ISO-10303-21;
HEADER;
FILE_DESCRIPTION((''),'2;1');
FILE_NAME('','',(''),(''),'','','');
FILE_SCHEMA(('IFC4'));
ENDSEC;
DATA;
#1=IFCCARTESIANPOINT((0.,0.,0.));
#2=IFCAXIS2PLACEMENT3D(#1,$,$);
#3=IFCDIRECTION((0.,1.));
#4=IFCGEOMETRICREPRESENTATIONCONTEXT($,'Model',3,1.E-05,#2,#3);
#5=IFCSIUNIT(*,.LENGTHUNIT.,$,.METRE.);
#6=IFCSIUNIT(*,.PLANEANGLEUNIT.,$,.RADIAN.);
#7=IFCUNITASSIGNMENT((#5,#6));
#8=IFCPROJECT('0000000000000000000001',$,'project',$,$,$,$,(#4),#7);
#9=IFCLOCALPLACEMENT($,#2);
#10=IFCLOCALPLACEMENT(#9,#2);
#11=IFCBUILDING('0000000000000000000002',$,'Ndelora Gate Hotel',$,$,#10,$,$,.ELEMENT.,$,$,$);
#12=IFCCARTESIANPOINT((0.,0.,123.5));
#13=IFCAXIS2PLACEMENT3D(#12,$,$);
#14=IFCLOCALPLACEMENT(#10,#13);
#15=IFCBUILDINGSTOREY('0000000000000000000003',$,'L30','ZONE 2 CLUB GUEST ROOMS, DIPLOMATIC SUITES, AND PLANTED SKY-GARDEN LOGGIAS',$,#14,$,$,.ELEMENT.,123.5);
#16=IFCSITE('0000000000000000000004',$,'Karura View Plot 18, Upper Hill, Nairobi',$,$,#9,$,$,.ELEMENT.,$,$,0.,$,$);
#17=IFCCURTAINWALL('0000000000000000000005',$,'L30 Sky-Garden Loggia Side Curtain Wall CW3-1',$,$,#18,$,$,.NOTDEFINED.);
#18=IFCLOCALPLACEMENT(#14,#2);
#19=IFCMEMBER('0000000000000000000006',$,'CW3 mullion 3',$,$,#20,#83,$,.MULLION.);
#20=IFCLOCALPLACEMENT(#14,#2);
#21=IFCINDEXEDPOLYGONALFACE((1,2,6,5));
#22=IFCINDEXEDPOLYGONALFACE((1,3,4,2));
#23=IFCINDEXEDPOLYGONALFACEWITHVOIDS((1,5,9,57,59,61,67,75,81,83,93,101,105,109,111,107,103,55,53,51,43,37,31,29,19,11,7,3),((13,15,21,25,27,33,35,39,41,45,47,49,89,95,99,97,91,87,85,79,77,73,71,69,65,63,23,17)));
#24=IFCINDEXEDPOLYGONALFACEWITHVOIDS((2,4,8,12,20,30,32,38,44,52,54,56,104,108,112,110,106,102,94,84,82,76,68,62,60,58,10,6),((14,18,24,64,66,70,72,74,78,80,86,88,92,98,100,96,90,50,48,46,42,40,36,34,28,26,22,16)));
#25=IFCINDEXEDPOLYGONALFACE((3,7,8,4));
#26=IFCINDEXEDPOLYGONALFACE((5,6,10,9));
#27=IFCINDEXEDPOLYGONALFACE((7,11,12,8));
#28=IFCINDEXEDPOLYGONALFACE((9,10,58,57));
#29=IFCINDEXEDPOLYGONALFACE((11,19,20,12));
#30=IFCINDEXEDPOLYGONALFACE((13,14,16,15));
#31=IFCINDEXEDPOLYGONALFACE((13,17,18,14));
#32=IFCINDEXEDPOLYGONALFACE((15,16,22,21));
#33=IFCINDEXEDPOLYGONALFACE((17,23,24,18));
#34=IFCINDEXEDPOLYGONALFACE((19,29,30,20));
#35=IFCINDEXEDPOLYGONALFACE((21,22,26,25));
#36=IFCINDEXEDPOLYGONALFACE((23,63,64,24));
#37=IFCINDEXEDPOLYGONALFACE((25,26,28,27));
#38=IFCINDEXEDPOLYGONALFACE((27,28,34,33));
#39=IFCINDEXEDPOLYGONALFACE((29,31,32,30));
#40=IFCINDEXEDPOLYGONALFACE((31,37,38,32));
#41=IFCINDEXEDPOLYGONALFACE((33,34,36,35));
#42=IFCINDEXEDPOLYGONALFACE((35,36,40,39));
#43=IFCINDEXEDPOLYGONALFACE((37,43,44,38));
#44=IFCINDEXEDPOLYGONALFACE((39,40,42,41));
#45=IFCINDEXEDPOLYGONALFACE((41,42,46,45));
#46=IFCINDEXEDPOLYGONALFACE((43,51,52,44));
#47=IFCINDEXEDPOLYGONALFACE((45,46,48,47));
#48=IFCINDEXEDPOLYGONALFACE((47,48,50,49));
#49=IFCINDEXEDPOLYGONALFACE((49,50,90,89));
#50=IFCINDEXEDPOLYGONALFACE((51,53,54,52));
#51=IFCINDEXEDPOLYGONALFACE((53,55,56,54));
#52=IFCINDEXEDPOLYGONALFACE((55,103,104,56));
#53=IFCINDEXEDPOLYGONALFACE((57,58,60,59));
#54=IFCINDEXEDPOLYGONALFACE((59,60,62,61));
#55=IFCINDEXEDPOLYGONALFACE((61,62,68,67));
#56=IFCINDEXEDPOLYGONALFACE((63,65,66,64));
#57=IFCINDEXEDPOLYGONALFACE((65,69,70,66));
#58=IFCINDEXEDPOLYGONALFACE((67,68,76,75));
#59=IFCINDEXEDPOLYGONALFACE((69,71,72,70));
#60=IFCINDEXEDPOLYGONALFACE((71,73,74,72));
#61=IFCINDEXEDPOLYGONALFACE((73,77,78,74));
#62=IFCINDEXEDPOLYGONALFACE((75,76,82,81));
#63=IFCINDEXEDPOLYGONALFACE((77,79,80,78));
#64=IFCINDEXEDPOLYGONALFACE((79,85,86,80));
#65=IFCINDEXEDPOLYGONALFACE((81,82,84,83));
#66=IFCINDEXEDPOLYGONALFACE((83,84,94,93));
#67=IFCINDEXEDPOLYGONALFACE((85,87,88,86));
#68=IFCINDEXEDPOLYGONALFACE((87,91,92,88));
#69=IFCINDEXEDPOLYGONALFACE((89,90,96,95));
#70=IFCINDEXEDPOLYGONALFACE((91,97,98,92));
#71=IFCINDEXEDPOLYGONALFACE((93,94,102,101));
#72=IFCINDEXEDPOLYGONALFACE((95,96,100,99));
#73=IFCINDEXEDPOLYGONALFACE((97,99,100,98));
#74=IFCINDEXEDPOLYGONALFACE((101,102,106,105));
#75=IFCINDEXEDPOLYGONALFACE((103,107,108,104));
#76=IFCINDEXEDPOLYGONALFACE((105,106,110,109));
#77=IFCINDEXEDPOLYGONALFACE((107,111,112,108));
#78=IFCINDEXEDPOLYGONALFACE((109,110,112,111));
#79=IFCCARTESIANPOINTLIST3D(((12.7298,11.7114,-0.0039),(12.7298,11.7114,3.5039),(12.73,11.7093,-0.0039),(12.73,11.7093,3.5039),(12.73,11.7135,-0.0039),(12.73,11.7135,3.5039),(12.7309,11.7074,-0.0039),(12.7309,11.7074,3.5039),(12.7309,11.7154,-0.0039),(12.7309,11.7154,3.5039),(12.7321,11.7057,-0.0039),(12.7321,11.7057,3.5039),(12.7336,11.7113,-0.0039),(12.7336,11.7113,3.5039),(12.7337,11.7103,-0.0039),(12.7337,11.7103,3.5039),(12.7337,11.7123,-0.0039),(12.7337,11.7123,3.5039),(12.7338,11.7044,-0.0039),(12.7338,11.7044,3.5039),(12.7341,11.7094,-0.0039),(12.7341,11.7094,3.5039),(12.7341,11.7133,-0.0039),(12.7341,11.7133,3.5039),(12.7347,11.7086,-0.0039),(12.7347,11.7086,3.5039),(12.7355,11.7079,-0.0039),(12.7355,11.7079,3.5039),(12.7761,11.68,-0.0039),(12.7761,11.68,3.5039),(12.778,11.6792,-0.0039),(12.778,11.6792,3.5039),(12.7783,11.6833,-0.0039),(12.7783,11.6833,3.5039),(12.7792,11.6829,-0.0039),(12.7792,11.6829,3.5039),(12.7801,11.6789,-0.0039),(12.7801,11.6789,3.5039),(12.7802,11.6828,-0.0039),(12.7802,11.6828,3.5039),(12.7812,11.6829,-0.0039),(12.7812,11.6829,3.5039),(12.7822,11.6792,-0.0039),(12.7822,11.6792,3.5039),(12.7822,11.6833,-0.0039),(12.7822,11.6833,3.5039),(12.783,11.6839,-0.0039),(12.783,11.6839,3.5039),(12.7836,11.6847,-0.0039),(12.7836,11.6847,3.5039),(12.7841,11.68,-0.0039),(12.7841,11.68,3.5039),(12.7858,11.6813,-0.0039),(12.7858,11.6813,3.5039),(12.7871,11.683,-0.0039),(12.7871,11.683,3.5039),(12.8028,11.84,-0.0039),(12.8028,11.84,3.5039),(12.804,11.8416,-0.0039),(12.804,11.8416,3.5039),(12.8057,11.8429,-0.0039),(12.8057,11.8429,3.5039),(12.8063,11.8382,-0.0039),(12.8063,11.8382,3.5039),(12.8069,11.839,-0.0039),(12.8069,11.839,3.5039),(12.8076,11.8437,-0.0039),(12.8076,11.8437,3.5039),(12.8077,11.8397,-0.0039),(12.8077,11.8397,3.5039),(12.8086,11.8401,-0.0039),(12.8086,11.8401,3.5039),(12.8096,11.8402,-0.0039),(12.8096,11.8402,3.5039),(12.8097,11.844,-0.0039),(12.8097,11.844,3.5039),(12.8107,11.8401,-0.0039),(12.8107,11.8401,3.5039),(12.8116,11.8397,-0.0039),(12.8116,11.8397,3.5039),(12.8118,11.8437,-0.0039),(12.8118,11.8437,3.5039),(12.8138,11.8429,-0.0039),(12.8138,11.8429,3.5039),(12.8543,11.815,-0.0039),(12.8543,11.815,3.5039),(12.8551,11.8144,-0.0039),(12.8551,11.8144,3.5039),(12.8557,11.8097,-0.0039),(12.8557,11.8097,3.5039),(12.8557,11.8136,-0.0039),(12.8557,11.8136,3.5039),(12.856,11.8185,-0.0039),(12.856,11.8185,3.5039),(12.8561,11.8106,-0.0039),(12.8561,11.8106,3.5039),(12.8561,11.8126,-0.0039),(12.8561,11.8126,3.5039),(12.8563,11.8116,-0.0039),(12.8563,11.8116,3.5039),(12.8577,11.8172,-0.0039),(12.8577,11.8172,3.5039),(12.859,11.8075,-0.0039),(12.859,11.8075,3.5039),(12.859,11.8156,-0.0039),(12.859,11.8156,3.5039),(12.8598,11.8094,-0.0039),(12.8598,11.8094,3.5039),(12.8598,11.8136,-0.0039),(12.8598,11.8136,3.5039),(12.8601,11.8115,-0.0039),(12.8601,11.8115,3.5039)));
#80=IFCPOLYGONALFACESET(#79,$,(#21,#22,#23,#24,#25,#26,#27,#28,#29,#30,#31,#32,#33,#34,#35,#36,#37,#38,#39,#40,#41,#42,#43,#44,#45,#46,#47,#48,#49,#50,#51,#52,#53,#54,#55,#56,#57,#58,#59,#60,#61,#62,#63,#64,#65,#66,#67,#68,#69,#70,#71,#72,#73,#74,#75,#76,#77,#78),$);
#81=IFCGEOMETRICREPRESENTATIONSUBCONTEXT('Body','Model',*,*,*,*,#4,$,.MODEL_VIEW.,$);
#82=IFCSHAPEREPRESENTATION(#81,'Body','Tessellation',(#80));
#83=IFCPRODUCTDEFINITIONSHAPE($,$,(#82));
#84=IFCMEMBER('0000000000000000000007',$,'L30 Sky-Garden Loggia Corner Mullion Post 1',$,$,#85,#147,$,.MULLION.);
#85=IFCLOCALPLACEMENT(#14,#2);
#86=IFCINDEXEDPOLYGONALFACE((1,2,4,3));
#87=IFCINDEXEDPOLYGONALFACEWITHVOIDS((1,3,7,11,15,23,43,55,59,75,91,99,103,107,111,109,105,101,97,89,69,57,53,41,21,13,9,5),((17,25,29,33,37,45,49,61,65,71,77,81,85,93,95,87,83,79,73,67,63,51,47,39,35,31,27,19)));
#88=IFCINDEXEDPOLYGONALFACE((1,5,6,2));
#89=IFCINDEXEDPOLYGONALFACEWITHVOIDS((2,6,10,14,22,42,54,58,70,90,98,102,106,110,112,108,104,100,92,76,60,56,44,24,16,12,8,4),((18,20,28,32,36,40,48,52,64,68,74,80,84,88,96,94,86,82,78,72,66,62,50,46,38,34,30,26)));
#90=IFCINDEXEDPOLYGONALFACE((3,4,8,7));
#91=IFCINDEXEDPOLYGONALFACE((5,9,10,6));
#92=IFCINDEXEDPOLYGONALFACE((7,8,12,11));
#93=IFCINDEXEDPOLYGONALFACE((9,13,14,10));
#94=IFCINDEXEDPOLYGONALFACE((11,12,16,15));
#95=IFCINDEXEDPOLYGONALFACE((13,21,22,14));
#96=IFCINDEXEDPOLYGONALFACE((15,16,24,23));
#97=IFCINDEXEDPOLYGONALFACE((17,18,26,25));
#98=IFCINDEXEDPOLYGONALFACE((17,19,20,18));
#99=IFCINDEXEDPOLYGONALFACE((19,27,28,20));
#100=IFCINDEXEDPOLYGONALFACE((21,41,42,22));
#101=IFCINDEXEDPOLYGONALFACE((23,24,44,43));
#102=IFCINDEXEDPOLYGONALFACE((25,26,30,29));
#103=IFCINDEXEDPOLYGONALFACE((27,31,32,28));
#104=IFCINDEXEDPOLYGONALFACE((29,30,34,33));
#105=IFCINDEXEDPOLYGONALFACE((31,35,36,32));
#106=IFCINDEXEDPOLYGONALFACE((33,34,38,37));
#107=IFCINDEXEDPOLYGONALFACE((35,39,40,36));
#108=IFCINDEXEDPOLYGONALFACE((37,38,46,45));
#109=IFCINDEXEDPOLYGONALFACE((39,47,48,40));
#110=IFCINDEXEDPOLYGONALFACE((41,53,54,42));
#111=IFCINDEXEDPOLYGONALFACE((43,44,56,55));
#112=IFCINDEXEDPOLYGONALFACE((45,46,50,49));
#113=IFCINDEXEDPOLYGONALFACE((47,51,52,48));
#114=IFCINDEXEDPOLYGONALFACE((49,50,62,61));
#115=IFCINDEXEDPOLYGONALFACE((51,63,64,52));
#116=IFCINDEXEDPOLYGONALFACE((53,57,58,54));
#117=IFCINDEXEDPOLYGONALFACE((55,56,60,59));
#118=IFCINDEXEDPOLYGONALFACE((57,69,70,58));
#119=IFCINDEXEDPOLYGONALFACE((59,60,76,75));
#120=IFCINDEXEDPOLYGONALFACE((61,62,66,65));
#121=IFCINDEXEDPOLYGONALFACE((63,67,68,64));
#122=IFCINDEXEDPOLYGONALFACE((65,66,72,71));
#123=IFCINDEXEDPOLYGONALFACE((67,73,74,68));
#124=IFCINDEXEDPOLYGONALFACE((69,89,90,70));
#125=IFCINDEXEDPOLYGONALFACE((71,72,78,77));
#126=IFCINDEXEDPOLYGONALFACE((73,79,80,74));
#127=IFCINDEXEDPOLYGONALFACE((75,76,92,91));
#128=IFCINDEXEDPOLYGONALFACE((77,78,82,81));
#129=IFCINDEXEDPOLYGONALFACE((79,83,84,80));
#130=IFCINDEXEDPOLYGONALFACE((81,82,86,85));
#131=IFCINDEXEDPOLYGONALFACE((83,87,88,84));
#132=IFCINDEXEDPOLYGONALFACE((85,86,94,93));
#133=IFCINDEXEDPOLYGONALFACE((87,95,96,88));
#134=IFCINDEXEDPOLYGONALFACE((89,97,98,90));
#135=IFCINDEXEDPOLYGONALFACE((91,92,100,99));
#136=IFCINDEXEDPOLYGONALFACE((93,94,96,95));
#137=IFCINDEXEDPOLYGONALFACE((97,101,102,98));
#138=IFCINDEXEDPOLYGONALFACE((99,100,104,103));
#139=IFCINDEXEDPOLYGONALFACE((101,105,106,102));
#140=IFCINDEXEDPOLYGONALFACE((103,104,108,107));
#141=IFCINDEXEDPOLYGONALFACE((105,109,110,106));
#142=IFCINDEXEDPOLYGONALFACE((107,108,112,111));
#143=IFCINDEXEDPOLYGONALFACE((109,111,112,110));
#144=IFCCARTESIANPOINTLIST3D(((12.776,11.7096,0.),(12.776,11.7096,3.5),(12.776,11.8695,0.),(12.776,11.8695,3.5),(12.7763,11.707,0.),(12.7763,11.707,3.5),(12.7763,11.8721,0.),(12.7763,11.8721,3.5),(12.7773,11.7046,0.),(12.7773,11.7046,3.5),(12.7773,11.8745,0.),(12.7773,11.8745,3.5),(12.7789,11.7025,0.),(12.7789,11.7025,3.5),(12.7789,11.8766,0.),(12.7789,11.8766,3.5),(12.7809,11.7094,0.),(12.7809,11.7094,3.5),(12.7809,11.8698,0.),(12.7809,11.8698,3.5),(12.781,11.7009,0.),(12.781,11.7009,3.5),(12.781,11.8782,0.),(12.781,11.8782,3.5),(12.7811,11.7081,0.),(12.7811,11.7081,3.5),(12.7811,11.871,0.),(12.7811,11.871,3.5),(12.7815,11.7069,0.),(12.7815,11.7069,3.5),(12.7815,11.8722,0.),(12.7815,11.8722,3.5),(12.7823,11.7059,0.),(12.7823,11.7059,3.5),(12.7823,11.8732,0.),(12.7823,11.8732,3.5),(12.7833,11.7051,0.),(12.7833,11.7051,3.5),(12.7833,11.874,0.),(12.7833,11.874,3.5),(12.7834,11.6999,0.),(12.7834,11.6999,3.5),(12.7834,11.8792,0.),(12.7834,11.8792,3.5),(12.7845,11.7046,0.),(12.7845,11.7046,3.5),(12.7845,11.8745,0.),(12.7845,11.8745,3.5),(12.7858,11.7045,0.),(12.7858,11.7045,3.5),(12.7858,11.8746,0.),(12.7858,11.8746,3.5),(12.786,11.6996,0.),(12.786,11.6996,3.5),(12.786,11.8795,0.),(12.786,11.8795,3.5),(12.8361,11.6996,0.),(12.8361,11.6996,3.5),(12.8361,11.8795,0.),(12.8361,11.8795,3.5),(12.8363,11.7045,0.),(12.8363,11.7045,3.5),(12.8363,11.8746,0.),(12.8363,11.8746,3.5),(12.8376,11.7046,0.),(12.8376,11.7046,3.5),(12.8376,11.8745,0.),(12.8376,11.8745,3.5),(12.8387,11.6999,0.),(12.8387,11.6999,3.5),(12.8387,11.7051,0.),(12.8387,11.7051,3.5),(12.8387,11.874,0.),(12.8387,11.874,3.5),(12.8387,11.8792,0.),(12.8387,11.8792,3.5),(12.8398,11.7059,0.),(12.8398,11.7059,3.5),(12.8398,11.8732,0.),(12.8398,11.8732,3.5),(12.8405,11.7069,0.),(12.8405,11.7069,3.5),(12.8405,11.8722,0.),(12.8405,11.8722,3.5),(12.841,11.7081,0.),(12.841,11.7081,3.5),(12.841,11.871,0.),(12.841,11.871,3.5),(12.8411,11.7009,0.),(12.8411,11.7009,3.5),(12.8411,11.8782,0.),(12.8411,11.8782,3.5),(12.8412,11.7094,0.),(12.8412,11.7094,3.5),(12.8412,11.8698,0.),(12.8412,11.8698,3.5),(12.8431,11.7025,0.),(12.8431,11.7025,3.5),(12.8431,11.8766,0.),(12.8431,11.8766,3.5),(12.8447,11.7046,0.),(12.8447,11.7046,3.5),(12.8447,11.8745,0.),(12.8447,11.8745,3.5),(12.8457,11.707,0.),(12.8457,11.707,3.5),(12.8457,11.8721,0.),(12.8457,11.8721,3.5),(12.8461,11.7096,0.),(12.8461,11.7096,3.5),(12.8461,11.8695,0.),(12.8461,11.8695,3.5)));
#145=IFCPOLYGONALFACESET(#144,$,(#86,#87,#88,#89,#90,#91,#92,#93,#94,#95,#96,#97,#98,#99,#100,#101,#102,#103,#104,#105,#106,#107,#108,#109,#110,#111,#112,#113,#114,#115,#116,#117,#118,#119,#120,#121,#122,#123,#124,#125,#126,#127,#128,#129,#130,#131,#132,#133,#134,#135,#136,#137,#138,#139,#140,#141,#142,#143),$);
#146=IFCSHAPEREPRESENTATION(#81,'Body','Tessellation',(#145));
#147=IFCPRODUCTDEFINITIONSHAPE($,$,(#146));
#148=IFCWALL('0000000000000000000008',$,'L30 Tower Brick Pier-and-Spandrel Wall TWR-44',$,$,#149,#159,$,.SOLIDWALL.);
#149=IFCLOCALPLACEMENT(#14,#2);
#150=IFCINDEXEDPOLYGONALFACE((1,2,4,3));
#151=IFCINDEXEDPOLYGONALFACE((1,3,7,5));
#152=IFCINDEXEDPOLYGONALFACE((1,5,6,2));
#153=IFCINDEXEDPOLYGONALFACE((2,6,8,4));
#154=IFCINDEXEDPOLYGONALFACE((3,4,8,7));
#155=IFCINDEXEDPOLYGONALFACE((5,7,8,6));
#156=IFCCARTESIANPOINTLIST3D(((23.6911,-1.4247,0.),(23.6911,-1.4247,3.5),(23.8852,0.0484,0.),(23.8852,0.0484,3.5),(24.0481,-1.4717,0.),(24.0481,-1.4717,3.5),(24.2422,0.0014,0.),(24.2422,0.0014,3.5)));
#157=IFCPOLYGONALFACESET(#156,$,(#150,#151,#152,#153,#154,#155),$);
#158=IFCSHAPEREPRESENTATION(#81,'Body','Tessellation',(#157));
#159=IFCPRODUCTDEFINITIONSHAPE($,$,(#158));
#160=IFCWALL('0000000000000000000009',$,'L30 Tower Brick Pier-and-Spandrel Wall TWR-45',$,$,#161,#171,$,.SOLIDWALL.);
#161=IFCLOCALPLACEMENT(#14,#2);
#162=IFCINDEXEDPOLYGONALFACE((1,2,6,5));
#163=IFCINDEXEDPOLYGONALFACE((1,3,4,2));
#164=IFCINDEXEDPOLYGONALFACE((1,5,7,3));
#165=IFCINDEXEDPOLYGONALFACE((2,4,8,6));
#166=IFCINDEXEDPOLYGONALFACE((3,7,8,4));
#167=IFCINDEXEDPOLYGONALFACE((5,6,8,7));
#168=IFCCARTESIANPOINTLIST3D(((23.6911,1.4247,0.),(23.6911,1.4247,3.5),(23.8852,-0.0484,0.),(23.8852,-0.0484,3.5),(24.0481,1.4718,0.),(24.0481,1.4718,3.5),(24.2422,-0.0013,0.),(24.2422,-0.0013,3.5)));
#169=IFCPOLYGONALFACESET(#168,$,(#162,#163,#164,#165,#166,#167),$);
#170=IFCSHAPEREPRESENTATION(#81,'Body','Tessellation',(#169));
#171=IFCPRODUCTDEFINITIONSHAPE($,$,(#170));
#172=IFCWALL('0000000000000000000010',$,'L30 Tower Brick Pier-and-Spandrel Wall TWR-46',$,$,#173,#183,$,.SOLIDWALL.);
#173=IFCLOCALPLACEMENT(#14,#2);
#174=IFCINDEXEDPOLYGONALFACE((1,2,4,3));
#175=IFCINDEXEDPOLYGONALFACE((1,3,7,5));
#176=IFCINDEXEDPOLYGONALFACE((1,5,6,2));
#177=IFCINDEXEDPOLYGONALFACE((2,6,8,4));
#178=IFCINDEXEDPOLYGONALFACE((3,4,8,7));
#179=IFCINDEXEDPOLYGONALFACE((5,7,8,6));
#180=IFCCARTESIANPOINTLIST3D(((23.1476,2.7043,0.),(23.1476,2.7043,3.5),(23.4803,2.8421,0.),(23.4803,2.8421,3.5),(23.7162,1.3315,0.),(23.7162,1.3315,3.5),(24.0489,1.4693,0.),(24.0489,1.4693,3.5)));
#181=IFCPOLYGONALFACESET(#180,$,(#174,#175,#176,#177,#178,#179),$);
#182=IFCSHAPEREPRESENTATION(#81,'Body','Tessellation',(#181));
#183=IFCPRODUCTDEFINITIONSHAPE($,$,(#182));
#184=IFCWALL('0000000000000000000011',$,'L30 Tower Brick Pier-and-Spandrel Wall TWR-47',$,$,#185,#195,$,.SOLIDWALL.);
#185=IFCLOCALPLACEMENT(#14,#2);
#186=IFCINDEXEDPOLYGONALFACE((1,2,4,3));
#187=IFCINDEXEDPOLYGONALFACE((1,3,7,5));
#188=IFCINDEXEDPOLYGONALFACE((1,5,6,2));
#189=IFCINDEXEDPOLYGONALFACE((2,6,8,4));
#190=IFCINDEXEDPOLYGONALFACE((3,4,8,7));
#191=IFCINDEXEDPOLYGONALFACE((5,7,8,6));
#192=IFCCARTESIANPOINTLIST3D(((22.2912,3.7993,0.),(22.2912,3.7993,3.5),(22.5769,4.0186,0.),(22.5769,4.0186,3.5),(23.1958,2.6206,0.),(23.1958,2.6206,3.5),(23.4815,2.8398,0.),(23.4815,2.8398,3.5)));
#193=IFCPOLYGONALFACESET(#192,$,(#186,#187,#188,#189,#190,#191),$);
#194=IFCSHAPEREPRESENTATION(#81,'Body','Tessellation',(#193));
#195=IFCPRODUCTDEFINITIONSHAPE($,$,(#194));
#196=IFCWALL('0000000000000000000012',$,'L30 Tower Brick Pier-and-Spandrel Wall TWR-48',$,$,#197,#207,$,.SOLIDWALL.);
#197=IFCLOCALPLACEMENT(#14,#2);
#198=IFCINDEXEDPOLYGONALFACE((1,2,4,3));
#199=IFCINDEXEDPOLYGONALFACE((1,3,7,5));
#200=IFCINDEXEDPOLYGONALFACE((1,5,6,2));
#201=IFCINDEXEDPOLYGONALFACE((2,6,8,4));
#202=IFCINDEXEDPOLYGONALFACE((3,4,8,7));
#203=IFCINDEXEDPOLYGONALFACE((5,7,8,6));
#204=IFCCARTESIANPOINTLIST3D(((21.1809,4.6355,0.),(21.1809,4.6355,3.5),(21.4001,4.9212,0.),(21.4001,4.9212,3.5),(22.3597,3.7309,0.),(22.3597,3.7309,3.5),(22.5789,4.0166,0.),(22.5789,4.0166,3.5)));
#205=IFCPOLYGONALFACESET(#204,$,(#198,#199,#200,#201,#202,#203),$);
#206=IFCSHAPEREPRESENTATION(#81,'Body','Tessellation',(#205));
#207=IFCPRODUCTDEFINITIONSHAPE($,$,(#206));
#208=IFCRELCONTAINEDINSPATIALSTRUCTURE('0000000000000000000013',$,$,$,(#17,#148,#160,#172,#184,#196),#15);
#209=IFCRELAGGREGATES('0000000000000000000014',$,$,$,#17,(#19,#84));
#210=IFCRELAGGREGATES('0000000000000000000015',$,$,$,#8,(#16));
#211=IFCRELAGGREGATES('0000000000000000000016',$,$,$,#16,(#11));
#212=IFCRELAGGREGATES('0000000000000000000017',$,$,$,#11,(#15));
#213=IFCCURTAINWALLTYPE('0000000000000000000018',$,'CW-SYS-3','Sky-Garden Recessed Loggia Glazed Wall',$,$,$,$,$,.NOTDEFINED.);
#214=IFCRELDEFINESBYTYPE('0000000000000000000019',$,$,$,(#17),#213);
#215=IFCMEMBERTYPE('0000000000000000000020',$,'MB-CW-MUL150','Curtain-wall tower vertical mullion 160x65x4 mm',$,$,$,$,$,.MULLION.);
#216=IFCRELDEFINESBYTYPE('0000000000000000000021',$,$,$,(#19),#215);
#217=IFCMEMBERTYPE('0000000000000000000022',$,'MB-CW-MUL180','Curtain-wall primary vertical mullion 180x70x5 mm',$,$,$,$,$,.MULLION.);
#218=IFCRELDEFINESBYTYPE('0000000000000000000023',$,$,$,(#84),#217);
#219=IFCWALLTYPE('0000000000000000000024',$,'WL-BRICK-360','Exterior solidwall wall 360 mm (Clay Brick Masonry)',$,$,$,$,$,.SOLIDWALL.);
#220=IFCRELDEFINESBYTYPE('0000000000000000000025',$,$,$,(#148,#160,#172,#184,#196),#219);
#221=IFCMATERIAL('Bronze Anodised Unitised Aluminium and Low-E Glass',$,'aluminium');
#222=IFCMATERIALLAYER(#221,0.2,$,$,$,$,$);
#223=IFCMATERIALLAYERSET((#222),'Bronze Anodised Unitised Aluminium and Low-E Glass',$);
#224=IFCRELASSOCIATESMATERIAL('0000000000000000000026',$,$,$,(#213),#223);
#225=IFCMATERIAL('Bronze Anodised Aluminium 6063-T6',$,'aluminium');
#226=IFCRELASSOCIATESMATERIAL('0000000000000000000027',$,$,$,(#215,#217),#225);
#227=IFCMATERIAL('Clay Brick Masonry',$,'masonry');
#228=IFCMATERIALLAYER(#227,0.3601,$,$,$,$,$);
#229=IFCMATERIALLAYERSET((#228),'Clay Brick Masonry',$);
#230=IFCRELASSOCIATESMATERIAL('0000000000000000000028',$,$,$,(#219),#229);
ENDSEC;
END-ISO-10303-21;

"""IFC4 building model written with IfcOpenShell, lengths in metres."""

from ifc_helpers import new_model, si_unit, direction, frame, frame_2d, origin, origin_2d, place, context, subcontext, project, spatial, rectangle, hollow_rectangle, extrude, material, layer, layer_set, material_profile, profile_set, type_object, element, aggregate, save


model = new_model("IFC4")

# Units and contexts
model_context = context("Model", 3, precision=1e-05, world=origin(), true_north=direction((0.0, 1.0)))
body_context = subcontext(model_context, "Body", "Model", "MODEL_VIEW")
ifc_project = project(units=[si_unit("LENGTHUNIT", "METRE"), si_unit("PLANEANGLEUNIT", "RADIAN")], contexts=[model_context])

# Site, building, storey
site_placement = place(None, origin())
site = spatial("IfcSite", under=ifc_project, at=site_placement, Name="Karura View Plot 18, Upper Hill, Nairobi", CompositionType="ELEMENT", RefElevation=0.0)
building_placement = place(site_placement, origin())
building = spatial("IfcBuilding", under=site, at=building_placement, Name="Ndelora Gate Hotel", CompositionType="ELEMENT")
storey_placement = place(building_placement, frame((0.0, 0.0, 123.5)))
storey = spatial("IfcBuildingStorey", under=building, at=storey_placement, Name="L30", Description="ZONE 2 CLUB GUEST ROOMS, DIPLOMATIC SUITES, AND PLANTED SKY-GARDEN LOGGIAS", CompositionType="ELEMENT", Elevation=123.5)

# Curtain wall, members
ifc_material_1 = material(Name="Bronze Anodised Unitised Aluminium and Low-E Glass", Category="aluminium")
ifc_layer_1 = layer(ifc_material_1, 0.2)
ifc_layer_set_1 = layer_set([ifc_layer_1], Name="Bronze Anodised Unitised Aluminium and Low-E Glass")
curtain_wall_type = type_object("IfcCurtainWallType", Name="CW-SYS-3", Description="Sky-Garden Recessed Loggia Glazed Wall", PredefinedType="NOTDEFINED", material=ifc_layer_set_1)
curtain_wall_placement = place(storey_placement, origin())
curtain_wall = element("IfcCurtainWall", 1, at=curtain_wall_placement, inside=storey, type_object=curtain_wall_type, Name="L30 Sky-Garden Loggia Side Curtain Wall CW3-1", PredefinedType="NOTDEFINED")
ifc_material_2 = material(Name="Bronze Anodised Aluminium 6063-T6", Category="aluminium")
ifc_material_profile_1 = material_profile(ifc_material_2, hollow_rectangle(XDim=0.0649, YDim=0.1599, WallThickness=0.0039, InnerFilletRadius=0.0039, OuterFilletRadius=0.0081, at=origin_2d()), Name="ALU 160x65x4")
ifc_profile_set_1 = profile_set([ifc_material_profile_1], Name="Bronze Anodised Aluminium 6063-T6")
member_type_1 = type_object("IfcMemberType", Name="MB-CW-MUL150", Description="Curtain-wall tower vertical mullion 160x65x4 mm", PredefinedType="MULLION", material=ifc_profile_set_1)
member_1_placement = place(storey_placement, frame((12.7949, 11.7615, -0.0039), z_axis=(0.0, 0.0, 1.0), x_axis=(-0.866019, 0.500011, 0.0)))
member_1 = element("IfcMember", 2, at=member_1_placement, type_object=member_type_1, Name="CW3 mullion 3", PredefinedType="MULLION", context=body_context, shape_type="SweptSolid", body=[
    extrude(hollow_rectangle(XDim=0.0649, YDim=0.1599, WallThickness=0.0039, InnerFilletRadius=0.0039, OuterFilletRadius=0.0081, at=origin_2d()), origin(), (0.0, 0.0, 1.0), 3.5078),
])
ifc_material_profile_2 = material_profile(ifc_material_2, hollow_rectangle(XDim=0.0701, YDim=0.1799, WallThickness=0.0049, InnerFilletRadius=0.0049, OuterFilletRadius=0.01, at=origin_2d()), Name="ALU 180x70x5")
ifc_profile_set_2 = profile_set([ifc_material_profile_2], Name="Bronze Anodised Aluminium 6063-T6")
member_type_2 = type_object("IfcMemberType", Name="MB-CW-MUL180", Description="Curtain-wall primary vertical mullion 180x70x5 mm", PredefinedType="MULLION", material=ifc_profile_set_2)
member_2_placement = place(storey_placement, frame((12.811, 11.7896, 0.0), z_axis=(0.0, 0.0, 1.0), x_axis=(1.0, 0.0, 0.0)))
member_2 = element("IfcMember", 3, at=member_2_placement, type_object=member_type_2, Name="L30 Sky-Garden Loggia Corner Mullion Post 1", PredefinedType="MULLION", context=body_context, shape_type="SweptSolid", body=[
    extrude(hollow_rectangle(XDim=0.0701, YDim=0.1799, WallThickness=0.0049, InnerFilletRadius=0.0049, OuterFilletRadius=0.01, at=origin_2d()), origin(), (0.0, 0.0, 1.0), 3.5),
])
aggregate(curtain_wall, [member_1, member_2])

# Walls
ifc_material_3 = material(Name="Clay Brick Masonry", Category="masonry")
ifc_layer_2 = layer(ifc_material_3, 0.3601)
ifc_layer_set_2 = layer_set([ifc_layer_2], Name="Clay Brick Masonry")
wall_type_1 = type_object("IfcWallType", Name="WL-BRICK-360", Description="Exterior solidwall wall 360 mm (Clay Brick Masonry)", PredefinedType="SOLIDWALL", material=ifc_layer_set_2)
for number, where, z_axis, x_axis, name in (
    (4, (24.0637, 0.0249, 0.0), (0.0, 0.0, 1.0), (-0.130625, -0.991432, 0.0), "L30 Tower Brick Pier-and-Spandrel Wall TWR-44"),
    (5, (23.8696, 1.4482, 0.0), (0.0, 0.0, 1.0), (0.130625, -0.991432, 0.0), "L30 Tower Brick Pier-and-Spandrel Wall TWR-45"),
    (6, (23.314, 2.7732, 0.0), (0.0, 0.0, 1.0), (0.382666, -0.923887, 0.0), "L30 Tower Brick Pier-and-Spandrel Wall TWR-46"),
    (7, (22.4341, 3.9089, 0.0), (0.0, 0.0, 1.0), (0.608797, -0.793326, 0.0), "L30 Tower Brick Pier-and-Spandrel Wall TWR-47"),
    (8, (21.2905, 4.7783, 0.0), (0.0, 0.0, 1.0), (0.793326, -0.608797, 0.0), "L30 Tower Brick Pier-and-Spandrel Wall TWR-48"),
):
    element("IfcWall", number, at=place(storey_placement, frame(where, z_axis=z_axis, x_axis=x_axis)), inside=storey, type_object=wall_type_1, Name=name, PredefinedType="SOLIDWALL", context=body_context, shape_type="SweptSolid", body=[
        extrude(rectangle(XDim=1.4858, YDim=0.3601, at=frame_2d((0.7429, 0.0))), origin(), (0.0, 0.0, 1.0), 3.5),
    ])

save(model, "model.ifc")
